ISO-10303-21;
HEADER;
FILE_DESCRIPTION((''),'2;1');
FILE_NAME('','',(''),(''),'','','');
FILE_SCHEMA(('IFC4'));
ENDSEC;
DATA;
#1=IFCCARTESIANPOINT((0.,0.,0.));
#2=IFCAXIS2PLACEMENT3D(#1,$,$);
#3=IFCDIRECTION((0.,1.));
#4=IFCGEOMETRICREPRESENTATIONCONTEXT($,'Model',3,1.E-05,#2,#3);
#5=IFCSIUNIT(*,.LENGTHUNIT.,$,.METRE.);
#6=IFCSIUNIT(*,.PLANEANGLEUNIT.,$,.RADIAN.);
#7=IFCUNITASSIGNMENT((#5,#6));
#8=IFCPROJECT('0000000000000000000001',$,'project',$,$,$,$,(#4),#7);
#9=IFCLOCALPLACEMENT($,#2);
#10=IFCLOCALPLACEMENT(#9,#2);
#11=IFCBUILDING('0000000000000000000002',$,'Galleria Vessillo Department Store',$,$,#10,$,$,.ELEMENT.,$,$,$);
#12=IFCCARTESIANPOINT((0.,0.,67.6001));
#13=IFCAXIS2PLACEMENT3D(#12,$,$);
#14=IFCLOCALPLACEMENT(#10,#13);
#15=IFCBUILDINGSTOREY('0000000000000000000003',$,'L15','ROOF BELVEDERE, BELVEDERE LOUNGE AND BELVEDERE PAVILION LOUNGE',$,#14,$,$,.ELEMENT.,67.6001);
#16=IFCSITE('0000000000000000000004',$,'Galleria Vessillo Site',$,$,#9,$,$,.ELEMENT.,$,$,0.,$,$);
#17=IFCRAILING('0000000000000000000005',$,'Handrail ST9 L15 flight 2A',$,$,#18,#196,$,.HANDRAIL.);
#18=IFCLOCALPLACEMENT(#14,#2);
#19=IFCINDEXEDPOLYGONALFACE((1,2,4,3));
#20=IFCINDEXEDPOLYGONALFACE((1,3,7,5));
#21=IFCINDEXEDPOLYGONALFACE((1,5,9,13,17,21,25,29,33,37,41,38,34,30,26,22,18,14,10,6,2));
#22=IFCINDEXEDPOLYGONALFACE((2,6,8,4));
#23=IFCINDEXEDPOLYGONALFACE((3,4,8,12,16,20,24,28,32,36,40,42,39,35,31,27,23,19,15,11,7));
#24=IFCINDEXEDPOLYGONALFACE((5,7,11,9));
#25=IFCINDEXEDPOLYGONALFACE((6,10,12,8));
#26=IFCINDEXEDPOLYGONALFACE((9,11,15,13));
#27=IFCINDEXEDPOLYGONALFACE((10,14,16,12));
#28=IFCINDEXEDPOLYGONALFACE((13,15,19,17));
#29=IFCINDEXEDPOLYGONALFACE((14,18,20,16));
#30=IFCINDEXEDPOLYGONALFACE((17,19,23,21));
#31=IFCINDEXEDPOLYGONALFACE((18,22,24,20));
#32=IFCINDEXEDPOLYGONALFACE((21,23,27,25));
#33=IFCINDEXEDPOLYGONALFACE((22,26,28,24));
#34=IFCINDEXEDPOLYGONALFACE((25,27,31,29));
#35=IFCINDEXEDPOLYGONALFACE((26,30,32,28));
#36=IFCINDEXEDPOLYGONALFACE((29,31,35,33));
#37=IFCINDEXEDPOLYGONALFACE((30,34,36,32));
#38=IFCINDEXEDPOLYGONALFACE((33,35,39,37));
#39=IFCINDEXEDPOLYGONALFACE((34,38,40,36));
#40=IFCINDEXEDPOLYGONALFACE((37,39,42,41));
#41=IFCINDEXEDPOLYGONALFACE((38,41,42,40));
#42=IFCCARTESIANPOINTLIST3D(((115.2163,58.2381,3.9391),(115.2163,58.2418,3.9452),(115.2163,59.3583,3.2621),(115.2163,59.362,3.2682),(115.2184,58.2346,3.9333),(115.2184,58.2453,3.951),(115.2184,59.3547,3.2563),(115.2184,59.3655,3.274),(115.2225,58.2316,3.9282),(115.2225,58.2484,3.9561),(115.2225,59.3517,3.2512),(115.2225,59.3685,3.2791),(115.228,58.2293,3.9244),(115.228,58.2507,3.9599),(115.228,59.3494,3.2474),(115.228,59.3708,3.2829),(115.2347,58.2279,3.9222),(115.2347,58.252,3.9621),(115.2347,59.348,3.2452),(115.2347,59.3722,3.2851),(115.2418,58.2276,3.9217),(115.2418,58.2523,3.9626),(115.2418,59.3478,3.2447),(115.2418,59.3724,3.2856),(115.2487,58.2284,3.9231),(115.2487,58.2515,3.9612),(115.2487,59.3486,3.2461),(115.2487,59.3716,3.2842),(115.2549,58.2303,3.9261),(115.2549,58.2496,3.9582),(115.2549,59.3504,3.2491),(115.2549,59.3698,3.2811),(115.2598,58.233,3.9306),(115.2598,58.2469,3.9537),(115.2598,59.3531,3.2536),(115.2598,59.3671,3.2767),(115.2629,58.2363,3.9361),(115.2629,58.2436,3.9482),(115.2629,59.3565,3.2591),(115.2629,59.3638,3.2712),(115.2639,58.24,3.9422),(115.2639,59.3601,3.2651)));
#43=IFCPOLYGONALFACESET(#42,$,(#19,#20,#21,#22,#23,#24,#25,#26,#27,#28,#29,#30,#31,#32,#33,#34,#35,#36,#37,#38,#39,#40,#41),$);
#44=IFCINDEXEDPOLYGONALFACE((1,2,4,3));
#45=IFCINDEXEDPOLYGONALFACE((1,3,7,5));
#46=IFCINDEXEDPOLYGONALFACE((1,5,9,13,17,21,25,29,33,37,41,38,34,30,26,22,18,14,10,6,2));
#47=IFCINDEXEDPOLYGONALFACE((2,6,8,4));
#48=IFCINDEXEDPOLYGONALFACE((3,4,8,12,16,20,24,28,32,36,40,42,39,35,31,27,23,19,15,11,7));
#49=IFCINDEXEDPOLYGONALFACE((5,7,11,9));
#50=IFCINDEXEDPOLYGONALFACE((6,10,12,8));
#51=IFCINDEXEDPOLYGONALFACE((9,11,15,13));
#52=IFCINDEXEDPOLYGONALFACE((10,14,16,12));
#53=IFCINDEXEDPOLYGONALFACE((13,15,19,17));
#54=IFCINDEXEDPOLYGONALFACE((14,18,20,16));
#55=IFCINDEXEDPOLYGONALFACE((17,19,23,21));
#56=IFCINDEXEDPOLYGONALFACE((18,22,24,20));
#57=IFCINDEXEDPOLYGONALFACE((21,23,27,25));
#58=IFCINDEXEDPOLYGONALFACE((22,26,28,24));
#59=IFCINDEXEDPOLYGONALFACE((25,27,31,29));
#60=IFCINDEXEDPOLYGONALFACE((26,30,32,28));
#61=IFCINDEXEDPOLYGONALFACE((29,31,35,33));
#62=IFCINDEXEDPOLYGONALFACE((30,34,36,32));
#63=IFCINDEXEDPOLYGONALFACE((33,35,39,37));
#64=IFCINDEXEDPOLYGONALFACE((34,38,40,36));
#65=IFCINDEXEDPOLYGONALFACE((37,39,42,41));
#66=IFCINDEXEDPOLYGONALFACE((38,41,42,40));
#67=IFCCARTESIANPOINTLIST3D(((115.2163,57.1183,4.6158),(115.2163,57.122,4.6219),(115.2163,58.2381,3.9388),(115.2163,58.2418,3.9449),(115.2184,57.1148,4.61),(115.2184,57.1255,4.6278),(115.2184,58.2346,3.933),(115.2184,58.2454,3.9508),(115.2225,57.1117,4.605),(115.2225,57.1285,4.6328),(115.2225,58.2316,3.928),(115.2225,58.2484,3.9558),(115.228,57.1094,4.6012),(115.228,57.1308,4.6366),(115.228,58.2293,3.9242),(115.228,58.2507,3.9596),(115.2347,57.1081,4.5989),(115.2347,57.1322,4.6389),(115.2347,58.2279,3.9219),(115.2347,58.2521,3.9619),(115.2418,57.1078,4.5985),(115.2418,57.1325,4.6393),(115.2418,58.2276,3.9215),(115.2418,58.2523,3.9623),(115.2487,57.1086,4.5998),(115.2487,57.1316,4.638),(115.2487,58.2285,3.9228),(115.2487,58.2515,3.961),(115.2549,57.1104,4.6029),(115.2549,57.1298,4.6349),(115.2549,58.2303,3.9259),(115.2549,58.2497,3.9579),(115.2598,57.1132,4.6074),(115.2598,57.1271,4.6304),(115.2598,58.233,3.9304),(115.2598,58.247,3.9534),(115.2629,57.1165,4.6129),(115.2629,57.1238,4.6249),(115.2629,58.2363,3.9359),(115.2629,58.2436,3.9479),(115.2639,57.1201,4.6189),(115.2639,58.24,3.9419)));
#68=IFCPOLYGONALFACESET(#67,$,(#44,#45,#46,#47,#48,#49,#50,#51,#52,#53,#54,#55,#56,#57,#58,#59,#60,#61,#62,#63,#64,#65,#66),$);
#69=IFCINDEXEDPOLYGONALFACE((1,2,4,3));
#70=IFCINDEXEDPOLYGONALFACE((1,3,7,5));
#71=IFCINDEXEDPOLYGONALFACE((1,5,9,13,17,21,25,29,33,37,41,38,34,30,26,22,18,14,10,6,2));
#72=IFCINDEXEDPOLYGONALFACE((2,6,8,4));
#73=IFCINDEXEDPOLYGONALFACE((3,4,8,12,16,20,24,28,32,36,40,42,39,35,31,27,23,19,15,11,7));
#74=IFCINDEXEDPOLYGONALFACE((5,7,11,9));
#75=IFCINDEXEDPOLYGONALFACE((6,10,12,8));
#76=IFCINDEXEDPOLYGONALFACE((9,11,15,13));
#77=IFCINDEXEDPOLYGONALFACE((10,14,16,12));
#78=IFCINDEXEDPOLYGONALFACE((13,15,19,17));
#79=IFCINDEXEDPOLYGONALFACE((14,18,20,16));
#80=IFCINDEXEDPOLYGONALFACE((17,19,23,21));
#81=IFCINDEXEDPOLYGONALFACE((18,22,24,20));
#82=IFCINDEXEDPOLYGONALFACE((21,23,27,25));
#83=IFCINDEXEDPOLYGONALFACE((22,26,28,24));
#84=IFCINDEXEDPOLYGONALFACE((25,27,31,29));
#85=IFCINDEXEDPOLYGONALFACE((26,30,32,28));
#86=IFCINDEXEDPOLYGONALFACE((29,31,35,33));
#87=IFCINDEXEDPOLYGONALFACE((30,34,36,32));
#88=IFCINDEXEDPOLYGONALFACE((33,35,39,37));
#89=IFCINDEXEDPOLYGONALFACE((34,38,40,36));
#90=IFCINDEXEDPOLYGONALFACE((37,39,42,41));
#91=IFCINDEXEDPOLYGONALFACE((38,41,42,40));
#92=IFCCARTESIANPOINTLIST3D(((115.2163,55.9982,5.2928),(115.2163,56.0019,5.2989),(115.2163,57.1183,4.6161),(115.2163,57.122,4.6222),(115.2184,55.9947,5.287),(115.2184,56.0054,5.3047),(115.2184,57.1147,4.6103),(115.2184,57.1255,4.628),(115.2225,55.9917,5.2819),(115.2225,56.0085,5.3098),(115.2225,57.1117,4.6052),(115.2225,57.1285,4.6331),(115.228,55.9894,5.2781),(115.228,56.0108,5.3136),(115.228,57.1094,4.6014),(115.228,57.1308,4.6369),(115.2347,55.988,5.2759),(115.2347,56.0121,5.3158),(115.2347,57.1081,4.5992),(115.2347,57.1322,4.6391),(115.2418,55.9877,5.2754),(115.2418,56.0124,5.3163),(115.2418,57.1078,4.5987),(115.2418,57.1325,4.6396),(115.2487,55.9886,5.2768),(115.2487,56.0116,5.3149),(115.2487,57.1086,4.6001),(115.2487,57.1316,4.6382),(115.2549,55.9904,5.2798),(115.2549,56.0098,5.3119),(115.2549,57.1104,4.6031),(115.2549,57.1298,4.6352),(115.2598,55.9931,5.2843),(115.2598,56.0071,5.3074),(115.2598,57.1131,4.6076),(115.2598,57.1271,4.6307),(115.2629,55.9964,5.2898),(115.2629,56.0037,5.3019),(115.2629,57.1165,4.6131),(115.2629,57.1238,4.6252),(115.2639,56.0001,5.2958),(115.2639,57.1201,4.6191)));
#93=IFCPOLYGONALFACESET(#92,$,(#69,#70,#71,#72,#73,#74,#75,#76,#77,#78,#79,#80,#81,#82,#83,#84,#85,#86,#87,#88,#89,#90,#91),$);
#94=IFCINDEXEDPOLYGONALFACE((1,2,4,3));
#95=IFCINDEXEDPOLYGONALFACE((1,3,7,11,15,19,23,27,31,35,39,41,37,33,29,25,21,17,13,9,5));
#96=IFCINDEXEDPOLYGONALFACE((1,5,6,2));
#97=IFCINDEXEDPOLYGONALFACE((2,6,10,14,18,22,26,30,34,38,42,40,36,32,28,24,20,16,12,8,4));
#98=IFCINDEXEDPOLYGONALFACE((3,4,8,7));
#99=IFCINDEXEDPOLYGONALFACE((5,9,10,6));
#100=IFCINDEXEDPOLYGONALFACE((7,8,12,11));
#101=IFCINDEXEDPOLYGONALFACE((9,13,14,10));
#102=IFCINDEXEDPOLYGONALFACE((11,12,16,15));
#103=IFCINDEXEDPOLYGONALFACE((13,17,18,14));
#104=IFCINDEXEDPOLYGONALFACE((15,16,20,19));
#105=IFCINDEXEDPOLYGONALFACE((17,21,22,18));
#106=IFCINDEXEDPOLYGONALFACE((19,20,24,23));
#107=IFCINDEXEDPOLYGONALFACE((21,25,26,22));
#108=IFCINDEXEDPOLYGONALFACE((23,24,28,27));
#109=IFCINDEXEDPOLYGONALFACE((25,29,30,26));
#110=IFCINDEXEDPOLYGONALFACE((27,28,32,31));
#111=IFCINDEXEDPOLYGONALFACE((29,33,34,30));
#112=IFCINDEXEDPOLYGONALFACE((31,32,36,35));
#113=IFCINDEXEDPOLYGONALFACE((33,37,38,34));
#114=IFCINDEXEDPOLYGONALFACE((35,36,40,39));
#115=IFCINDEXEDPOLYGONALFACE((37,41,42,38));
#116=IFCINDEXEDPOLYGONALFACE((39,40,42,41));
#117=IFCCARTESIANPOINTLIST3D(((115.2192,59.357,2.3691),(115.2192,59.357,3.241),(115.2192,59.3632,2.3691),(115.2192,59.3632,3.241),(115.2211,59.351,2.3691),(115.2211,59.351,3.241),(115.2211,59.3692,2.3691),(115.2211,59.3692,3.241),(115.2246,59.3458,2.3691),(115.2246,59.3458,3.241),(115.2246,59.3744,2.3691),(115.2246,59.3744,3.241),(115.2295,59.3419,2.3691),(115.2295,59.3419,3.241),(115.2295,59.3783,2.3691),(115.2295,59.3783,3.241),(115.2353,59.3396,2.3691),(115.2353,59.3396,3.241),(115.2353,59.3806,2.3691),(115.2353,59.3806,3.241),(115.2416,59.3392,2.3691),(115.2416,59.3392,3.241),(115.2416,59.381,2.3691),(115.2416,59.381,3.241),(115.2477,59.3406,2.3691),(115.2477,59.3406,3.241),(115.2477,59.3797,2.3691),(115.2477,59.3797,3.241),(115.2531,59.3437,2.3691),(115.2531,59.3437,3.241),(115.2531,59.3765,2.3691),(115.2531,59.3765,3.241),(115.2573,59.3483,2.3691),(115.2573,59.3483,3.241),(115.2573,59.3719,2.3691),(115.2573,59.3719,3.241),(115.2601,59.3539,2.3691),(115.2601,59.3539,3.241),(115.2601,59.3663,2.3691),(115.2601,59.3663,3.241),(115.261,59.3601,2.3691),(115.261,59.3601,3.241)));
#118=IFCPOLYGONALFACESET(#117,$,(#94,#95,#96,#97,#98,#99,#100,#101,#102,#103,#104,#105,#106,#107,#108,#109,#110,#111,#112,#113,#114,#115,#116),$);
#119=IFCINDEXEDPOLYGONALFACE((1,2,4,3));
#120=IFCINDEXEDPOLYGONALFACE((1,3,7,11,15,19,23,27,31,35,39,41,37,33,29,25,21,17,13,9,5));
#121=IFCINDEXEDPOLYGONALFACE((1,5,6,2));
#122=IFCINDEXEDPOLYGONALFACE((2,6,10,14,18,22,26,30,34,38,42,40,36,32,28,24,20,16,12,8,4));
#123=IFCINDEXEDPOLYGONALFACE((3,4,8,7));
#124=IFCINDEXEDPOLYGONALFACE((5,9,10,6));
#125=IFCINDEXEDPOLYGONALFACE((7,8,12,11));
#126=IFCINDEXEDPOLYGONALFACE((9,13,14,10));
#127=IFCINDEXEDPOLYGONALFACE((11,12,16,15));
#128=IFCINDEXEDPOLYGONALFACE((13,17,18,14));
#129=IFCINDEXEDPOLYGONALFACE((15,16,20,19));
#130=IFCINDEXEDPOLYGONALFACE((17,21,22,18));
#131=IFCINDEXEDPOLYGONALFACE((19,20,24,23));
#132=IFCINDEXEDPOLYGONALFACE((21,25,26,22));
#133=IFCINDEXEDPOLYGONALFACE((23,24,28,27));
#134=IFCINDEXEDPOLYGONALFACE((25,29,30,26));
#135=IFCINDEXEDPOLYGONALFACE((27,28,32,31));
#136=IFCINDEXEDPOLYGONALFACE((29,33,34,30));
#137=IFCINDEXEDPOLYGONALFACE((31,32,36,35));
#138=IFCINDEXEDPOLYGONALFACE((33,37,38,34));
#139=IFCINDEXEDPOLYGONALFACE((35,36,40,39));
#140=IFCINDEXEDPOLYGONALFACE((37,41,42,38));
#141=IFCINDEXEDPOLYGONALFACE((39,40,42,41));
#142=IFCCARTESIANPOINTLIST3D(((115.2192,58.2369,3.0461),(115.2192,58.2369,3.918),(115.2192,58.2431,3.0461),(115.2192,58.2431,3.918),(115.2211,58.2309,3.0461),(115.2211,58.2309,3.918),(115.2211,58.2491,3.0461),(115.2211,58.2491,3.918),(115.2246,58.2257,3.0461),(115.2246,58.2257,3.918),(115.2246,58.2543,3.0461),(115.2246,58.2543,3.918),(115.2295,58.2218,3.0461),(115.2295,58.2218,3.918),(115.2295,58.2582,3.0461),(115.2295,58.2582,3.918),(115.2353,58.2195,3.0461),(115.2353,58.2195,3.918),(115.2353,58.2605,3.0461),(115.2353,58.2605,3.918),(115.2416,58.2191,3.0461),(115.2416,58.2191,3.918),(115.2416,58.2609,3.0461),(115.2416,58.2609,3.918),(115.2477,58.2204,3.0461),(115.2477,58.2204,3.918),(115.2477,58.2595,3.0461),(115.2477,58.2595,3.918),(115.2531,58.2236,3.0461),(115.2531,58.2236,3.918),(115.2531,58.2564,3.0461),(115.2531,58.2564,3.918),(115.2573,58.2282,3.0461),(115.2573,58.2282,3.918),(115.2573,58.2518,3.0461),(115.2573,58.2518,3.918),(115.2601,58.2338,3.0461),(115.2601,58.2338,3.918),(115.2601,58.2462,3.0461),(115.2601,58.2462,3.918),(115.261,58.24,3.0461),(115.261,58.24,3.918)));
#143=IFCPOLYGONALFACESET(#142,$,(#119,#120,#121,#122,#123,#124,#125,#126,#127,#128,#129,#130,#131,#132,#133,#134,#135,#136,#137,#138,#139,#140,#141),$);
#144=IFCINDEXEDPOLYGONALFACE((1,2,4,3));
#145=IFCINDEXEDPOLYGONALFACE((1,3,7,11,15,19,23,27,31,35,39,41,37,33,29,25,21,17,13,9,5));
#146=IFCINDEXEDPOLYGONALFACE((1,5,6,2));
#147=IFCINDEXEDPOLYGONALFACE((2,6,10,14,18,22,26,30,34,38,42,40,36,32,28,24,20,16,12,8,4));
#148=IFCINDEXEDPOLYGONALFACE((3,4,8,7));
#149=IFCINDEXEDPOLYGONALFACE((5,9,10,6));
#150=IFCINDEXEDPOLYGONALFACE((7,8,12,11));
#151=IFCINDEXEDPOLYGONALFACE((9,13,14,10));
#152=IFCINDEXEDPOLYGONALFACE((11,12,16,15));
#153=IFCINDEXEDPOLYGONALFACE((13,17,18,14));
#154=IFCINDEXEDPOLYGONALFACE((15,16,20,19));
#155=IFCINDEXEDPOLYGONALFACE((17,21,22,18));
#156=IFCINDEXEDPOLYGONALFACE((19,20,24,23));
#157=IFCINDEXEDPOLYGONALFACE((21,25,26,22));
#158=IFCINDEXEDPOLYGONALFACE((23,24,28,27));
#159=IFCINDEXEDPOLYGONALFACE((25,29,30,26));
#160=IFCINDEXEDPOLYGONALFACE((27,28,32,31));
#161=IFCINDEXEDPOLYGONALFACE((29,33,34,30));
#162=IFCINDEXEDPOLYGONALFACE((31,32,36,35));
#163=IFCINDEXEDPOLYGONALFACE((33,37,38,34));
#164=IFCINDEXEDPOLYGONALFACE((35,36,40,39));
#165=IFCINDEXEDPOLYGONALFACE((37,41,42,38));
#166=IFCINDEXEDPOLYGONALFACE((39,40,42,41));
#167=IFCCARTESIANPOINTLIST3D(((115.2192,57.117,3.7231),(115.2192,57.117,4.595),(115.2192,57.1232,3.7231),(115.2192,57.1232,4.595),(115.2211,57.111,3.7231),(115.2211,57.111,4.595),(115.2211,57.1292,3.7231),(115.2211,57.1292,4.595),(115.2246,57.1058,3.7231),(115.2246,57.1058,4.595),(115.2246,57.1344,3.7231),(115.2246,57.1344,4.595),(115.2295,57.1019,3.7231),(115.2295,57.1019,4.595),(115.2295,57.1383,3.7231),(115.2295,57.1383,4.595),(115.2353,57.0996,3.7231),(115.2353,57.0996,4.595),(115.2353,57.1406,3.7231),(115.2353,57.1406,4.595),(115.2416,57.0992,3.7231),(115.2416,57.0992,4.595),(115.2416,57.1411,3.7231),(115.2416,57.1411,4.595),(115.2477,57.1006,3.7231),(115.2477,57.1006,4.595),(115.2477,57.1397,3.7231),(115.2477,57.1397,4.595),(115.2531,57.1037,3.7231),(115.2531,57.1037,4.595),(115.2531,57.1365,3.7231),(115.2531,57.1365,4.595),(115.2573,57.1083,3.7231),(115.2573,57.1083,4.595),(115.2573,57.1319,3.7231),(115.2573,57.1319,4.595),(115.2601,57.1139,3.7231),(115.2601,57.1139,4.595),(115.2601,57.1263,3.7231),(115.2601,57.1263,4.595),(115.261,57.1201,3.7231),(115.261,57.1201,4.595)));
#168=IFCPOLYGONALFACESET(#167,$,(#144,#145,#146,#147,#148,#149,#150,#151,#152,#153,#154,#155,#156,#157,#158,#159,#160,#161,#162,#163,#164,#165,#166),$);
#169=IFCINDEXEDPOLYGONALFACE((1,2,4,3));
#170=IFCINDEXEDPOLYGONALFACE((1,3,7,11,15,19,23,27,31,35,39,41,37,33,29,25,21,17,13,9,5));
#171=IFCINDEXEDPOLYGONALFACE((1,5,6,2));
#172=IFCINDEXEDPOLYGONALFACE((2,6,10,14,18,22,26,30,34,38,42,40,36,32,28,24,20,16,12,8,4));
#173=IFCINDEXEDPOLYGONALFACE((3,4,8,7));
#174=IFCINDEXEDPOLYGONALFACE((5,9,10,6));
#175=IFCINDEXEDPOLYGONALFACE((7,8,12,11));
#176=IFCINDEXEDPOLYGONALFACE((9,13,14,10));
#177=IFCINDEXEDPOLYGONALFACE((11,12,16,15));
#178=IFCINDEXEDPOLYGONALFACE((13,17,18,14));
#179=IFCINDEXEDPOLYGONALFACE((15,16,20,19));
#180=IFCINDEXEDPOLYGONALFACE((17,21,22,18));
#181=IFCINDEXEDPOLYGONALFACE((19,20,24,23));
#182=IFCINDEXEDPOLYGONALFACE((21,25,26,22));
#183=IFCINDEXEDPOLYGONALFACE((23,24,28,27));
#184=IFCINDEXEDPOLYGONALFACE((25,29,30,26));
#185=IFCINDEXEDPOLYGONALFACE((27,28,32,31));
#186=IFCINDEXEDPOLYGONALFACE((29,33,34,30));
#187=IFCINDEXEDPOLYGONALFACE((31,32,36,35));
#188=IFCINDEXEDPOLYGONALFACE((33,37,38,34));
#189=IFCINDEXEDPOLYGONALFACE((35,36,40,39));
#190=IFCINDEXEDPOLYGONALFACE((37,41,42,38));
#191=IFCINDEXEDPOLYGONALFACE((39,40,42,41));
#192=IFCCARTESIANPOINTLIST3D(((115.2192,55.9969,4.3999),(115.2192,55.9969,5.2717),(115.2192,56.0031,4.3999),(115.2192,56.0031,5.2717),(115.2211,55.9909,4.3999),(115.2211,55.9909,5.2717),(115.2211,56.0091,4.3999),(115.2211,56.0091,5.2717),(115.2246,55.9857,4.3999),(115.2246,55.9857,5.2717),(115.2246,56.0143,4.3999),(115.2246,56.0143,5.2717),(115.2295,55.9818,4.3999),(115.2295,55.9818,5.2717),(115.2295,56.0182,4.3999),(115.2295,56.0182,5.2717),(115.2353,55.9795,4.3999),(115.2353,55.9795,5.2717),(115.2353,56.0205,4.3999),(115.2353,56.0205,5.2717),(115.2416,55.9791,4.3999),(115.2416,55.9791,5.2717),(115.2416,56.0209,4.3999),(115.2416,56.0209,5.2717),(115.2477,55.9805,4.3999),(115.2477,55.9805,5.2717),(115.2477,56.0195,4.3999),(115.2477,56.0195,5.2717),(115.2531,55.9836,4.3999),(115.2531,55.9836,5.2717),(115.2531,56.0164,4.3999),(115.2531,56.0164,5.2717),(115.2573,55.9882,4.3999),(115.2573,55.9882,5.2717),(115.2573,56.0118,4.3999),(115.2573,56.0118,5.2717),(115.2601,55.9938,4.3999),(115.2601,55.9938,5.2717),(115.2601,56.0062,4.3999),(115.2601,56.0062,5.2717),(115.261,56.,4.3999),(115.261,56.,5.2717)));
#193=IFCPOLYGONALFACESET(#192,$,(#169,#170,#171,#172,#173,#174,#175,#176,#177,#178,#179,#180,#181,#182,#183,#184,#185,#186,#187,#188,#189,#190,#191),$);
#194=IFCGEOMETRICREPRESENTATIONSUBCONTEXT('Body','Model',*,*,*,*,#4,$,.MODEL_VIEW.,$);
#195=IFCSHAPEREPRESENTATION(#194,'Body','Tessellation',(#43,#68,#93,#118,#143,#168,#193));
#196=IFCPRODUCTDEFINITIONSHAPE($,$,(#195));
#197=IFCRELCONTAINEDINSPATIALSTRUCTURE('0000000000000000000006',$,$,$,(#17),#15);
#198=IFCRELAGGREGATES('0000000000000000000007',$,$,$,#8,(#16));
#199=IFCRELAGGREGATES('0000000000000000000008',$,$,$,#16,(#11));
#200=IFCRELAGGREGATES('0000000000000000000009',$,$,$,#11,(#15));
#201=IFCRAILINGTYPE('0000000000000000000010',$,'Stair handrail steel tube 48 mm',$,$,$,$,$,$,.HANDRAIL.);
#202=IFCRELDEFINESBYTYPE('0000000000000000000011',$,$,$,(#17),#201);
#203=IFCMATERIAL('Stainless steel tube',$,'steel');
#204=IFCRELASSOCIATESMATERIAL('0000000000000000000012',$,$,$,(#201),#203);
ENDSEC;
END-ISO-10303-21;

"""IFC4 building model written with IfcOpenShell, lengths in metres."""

from ifc_helpers import new_model, si_unit, direction, frame, origin, origin_2d, place, context, subcontext, project, spatial, circle, extrude, material, type_object, element, save


model = new_model("IFC4")

# Units and contexts
model_context = context("Model", 3, precision=1e-05, world=origin(), true_north=direction((0.0, 1.0)))
body_context = subcontext(model_context, "Body", "Model", "MODEL_VIEW")
ifc_project = project(units=[si_unit("LENGTHUNIT", "METRE"), si_unit("PLANEANGLEUNIT", "RADIAN")], contexts=[model_context])

# Site, building, storey
site_placement = place(None, origin())
site = spatial("IfcSite", under=ifc_project, at=site_placement, Name="Galleria Vessillo Site", CompositionType="ELEMENT", RefElevation=0.0)
building_placement = place(site_placement, origin())
building = spatial("IfcBuilding", under=site, at=building_placement, Name="Galleria Vessillo Department Store", CompositionType="ELEMENT")
storey_placement = place(building_placement, frame((0.0, 0.0, 67.6001)))
storey = spatial("IfcBuildingStorey", under=building, at=storey_placement, Name="L15", Description="ROOF BELVEDERE, BELVEDERE LOUNGE AND BELVEDERE PAVILION LOUNGE", CompositionType="ELEMENT", Elevation=67.6001)

# Railing
ifc_material_1 = material(Name="Stainless steel tube", Category="steel")
railing_type_1 = type_object("IfcRailingType", Name="Stair handrail steel tube 48 mm", PredefinedType="HANDRAIL", material=ifc_material_1)
for number, where, name in (
    (1, (115.24, 59.3601, 2.3691), "Handrail ST9 L15 flight 2A"),
):
    element("IfcRailing", number, at=place(storey_placement, frame(where)), inside=storey, type_object=railing_type_1, Name=name, PredefinedType="HANDRAIL", context=body_context, shape_type="SweptSolid", body=[
        extrude(circle(Radius=0.0239, at=origin_2d()), frame((0.0, 0.0, 0.896), z_axis=(0.0, -0.855826, 0.517264), x_axis=(1.0, 0.0, 0.0)), (0.0, 0.0, 1.0), 1.3088),
        extrude(circle(Radius=0.0239, at=origin_2d()), frame((0.0, -1.1201, 1.5728), z_axis=(0.0, -0.855776, 0.517346), x_axis=(1.0, 0.0, 0.0)), (0.0, 0.0, 1.0), 1.3086),
        extrude(circle(Radius=0.0239, at=origin_2d()), frame((0.0, -2.24, 2.25), z_axis=(0.0, -0.855909, 0.517127), x_axis=(1.0, 0.0, 0.0)), (0.0, 0.0, 1.0), 1.3086),
        extrude(circle(Radius=0.021, at=origin_2d()), origin(), (0.0, 0.0, 1.0), 0.8718),
        extrude(circle(Radius=0.021, at=origin_2d()), frame((0.0, -1.1201, 0.677)), (0.0, 0.0, 1.0), 0.8718),
        extrude(circle(Radius=0.021, at=origin_2d()), frame((0.0, -2.24, 1.354)), (0.0, 0.0, 1.0), 0.8718),
        extrude(circle(Radius=0.021, at=origin_2d()), frame((0.0, -3.3601, 2.0308)), (0.0, 0.0, 1.0), 0.8718),
    ])

save(model, "model.ifc")
